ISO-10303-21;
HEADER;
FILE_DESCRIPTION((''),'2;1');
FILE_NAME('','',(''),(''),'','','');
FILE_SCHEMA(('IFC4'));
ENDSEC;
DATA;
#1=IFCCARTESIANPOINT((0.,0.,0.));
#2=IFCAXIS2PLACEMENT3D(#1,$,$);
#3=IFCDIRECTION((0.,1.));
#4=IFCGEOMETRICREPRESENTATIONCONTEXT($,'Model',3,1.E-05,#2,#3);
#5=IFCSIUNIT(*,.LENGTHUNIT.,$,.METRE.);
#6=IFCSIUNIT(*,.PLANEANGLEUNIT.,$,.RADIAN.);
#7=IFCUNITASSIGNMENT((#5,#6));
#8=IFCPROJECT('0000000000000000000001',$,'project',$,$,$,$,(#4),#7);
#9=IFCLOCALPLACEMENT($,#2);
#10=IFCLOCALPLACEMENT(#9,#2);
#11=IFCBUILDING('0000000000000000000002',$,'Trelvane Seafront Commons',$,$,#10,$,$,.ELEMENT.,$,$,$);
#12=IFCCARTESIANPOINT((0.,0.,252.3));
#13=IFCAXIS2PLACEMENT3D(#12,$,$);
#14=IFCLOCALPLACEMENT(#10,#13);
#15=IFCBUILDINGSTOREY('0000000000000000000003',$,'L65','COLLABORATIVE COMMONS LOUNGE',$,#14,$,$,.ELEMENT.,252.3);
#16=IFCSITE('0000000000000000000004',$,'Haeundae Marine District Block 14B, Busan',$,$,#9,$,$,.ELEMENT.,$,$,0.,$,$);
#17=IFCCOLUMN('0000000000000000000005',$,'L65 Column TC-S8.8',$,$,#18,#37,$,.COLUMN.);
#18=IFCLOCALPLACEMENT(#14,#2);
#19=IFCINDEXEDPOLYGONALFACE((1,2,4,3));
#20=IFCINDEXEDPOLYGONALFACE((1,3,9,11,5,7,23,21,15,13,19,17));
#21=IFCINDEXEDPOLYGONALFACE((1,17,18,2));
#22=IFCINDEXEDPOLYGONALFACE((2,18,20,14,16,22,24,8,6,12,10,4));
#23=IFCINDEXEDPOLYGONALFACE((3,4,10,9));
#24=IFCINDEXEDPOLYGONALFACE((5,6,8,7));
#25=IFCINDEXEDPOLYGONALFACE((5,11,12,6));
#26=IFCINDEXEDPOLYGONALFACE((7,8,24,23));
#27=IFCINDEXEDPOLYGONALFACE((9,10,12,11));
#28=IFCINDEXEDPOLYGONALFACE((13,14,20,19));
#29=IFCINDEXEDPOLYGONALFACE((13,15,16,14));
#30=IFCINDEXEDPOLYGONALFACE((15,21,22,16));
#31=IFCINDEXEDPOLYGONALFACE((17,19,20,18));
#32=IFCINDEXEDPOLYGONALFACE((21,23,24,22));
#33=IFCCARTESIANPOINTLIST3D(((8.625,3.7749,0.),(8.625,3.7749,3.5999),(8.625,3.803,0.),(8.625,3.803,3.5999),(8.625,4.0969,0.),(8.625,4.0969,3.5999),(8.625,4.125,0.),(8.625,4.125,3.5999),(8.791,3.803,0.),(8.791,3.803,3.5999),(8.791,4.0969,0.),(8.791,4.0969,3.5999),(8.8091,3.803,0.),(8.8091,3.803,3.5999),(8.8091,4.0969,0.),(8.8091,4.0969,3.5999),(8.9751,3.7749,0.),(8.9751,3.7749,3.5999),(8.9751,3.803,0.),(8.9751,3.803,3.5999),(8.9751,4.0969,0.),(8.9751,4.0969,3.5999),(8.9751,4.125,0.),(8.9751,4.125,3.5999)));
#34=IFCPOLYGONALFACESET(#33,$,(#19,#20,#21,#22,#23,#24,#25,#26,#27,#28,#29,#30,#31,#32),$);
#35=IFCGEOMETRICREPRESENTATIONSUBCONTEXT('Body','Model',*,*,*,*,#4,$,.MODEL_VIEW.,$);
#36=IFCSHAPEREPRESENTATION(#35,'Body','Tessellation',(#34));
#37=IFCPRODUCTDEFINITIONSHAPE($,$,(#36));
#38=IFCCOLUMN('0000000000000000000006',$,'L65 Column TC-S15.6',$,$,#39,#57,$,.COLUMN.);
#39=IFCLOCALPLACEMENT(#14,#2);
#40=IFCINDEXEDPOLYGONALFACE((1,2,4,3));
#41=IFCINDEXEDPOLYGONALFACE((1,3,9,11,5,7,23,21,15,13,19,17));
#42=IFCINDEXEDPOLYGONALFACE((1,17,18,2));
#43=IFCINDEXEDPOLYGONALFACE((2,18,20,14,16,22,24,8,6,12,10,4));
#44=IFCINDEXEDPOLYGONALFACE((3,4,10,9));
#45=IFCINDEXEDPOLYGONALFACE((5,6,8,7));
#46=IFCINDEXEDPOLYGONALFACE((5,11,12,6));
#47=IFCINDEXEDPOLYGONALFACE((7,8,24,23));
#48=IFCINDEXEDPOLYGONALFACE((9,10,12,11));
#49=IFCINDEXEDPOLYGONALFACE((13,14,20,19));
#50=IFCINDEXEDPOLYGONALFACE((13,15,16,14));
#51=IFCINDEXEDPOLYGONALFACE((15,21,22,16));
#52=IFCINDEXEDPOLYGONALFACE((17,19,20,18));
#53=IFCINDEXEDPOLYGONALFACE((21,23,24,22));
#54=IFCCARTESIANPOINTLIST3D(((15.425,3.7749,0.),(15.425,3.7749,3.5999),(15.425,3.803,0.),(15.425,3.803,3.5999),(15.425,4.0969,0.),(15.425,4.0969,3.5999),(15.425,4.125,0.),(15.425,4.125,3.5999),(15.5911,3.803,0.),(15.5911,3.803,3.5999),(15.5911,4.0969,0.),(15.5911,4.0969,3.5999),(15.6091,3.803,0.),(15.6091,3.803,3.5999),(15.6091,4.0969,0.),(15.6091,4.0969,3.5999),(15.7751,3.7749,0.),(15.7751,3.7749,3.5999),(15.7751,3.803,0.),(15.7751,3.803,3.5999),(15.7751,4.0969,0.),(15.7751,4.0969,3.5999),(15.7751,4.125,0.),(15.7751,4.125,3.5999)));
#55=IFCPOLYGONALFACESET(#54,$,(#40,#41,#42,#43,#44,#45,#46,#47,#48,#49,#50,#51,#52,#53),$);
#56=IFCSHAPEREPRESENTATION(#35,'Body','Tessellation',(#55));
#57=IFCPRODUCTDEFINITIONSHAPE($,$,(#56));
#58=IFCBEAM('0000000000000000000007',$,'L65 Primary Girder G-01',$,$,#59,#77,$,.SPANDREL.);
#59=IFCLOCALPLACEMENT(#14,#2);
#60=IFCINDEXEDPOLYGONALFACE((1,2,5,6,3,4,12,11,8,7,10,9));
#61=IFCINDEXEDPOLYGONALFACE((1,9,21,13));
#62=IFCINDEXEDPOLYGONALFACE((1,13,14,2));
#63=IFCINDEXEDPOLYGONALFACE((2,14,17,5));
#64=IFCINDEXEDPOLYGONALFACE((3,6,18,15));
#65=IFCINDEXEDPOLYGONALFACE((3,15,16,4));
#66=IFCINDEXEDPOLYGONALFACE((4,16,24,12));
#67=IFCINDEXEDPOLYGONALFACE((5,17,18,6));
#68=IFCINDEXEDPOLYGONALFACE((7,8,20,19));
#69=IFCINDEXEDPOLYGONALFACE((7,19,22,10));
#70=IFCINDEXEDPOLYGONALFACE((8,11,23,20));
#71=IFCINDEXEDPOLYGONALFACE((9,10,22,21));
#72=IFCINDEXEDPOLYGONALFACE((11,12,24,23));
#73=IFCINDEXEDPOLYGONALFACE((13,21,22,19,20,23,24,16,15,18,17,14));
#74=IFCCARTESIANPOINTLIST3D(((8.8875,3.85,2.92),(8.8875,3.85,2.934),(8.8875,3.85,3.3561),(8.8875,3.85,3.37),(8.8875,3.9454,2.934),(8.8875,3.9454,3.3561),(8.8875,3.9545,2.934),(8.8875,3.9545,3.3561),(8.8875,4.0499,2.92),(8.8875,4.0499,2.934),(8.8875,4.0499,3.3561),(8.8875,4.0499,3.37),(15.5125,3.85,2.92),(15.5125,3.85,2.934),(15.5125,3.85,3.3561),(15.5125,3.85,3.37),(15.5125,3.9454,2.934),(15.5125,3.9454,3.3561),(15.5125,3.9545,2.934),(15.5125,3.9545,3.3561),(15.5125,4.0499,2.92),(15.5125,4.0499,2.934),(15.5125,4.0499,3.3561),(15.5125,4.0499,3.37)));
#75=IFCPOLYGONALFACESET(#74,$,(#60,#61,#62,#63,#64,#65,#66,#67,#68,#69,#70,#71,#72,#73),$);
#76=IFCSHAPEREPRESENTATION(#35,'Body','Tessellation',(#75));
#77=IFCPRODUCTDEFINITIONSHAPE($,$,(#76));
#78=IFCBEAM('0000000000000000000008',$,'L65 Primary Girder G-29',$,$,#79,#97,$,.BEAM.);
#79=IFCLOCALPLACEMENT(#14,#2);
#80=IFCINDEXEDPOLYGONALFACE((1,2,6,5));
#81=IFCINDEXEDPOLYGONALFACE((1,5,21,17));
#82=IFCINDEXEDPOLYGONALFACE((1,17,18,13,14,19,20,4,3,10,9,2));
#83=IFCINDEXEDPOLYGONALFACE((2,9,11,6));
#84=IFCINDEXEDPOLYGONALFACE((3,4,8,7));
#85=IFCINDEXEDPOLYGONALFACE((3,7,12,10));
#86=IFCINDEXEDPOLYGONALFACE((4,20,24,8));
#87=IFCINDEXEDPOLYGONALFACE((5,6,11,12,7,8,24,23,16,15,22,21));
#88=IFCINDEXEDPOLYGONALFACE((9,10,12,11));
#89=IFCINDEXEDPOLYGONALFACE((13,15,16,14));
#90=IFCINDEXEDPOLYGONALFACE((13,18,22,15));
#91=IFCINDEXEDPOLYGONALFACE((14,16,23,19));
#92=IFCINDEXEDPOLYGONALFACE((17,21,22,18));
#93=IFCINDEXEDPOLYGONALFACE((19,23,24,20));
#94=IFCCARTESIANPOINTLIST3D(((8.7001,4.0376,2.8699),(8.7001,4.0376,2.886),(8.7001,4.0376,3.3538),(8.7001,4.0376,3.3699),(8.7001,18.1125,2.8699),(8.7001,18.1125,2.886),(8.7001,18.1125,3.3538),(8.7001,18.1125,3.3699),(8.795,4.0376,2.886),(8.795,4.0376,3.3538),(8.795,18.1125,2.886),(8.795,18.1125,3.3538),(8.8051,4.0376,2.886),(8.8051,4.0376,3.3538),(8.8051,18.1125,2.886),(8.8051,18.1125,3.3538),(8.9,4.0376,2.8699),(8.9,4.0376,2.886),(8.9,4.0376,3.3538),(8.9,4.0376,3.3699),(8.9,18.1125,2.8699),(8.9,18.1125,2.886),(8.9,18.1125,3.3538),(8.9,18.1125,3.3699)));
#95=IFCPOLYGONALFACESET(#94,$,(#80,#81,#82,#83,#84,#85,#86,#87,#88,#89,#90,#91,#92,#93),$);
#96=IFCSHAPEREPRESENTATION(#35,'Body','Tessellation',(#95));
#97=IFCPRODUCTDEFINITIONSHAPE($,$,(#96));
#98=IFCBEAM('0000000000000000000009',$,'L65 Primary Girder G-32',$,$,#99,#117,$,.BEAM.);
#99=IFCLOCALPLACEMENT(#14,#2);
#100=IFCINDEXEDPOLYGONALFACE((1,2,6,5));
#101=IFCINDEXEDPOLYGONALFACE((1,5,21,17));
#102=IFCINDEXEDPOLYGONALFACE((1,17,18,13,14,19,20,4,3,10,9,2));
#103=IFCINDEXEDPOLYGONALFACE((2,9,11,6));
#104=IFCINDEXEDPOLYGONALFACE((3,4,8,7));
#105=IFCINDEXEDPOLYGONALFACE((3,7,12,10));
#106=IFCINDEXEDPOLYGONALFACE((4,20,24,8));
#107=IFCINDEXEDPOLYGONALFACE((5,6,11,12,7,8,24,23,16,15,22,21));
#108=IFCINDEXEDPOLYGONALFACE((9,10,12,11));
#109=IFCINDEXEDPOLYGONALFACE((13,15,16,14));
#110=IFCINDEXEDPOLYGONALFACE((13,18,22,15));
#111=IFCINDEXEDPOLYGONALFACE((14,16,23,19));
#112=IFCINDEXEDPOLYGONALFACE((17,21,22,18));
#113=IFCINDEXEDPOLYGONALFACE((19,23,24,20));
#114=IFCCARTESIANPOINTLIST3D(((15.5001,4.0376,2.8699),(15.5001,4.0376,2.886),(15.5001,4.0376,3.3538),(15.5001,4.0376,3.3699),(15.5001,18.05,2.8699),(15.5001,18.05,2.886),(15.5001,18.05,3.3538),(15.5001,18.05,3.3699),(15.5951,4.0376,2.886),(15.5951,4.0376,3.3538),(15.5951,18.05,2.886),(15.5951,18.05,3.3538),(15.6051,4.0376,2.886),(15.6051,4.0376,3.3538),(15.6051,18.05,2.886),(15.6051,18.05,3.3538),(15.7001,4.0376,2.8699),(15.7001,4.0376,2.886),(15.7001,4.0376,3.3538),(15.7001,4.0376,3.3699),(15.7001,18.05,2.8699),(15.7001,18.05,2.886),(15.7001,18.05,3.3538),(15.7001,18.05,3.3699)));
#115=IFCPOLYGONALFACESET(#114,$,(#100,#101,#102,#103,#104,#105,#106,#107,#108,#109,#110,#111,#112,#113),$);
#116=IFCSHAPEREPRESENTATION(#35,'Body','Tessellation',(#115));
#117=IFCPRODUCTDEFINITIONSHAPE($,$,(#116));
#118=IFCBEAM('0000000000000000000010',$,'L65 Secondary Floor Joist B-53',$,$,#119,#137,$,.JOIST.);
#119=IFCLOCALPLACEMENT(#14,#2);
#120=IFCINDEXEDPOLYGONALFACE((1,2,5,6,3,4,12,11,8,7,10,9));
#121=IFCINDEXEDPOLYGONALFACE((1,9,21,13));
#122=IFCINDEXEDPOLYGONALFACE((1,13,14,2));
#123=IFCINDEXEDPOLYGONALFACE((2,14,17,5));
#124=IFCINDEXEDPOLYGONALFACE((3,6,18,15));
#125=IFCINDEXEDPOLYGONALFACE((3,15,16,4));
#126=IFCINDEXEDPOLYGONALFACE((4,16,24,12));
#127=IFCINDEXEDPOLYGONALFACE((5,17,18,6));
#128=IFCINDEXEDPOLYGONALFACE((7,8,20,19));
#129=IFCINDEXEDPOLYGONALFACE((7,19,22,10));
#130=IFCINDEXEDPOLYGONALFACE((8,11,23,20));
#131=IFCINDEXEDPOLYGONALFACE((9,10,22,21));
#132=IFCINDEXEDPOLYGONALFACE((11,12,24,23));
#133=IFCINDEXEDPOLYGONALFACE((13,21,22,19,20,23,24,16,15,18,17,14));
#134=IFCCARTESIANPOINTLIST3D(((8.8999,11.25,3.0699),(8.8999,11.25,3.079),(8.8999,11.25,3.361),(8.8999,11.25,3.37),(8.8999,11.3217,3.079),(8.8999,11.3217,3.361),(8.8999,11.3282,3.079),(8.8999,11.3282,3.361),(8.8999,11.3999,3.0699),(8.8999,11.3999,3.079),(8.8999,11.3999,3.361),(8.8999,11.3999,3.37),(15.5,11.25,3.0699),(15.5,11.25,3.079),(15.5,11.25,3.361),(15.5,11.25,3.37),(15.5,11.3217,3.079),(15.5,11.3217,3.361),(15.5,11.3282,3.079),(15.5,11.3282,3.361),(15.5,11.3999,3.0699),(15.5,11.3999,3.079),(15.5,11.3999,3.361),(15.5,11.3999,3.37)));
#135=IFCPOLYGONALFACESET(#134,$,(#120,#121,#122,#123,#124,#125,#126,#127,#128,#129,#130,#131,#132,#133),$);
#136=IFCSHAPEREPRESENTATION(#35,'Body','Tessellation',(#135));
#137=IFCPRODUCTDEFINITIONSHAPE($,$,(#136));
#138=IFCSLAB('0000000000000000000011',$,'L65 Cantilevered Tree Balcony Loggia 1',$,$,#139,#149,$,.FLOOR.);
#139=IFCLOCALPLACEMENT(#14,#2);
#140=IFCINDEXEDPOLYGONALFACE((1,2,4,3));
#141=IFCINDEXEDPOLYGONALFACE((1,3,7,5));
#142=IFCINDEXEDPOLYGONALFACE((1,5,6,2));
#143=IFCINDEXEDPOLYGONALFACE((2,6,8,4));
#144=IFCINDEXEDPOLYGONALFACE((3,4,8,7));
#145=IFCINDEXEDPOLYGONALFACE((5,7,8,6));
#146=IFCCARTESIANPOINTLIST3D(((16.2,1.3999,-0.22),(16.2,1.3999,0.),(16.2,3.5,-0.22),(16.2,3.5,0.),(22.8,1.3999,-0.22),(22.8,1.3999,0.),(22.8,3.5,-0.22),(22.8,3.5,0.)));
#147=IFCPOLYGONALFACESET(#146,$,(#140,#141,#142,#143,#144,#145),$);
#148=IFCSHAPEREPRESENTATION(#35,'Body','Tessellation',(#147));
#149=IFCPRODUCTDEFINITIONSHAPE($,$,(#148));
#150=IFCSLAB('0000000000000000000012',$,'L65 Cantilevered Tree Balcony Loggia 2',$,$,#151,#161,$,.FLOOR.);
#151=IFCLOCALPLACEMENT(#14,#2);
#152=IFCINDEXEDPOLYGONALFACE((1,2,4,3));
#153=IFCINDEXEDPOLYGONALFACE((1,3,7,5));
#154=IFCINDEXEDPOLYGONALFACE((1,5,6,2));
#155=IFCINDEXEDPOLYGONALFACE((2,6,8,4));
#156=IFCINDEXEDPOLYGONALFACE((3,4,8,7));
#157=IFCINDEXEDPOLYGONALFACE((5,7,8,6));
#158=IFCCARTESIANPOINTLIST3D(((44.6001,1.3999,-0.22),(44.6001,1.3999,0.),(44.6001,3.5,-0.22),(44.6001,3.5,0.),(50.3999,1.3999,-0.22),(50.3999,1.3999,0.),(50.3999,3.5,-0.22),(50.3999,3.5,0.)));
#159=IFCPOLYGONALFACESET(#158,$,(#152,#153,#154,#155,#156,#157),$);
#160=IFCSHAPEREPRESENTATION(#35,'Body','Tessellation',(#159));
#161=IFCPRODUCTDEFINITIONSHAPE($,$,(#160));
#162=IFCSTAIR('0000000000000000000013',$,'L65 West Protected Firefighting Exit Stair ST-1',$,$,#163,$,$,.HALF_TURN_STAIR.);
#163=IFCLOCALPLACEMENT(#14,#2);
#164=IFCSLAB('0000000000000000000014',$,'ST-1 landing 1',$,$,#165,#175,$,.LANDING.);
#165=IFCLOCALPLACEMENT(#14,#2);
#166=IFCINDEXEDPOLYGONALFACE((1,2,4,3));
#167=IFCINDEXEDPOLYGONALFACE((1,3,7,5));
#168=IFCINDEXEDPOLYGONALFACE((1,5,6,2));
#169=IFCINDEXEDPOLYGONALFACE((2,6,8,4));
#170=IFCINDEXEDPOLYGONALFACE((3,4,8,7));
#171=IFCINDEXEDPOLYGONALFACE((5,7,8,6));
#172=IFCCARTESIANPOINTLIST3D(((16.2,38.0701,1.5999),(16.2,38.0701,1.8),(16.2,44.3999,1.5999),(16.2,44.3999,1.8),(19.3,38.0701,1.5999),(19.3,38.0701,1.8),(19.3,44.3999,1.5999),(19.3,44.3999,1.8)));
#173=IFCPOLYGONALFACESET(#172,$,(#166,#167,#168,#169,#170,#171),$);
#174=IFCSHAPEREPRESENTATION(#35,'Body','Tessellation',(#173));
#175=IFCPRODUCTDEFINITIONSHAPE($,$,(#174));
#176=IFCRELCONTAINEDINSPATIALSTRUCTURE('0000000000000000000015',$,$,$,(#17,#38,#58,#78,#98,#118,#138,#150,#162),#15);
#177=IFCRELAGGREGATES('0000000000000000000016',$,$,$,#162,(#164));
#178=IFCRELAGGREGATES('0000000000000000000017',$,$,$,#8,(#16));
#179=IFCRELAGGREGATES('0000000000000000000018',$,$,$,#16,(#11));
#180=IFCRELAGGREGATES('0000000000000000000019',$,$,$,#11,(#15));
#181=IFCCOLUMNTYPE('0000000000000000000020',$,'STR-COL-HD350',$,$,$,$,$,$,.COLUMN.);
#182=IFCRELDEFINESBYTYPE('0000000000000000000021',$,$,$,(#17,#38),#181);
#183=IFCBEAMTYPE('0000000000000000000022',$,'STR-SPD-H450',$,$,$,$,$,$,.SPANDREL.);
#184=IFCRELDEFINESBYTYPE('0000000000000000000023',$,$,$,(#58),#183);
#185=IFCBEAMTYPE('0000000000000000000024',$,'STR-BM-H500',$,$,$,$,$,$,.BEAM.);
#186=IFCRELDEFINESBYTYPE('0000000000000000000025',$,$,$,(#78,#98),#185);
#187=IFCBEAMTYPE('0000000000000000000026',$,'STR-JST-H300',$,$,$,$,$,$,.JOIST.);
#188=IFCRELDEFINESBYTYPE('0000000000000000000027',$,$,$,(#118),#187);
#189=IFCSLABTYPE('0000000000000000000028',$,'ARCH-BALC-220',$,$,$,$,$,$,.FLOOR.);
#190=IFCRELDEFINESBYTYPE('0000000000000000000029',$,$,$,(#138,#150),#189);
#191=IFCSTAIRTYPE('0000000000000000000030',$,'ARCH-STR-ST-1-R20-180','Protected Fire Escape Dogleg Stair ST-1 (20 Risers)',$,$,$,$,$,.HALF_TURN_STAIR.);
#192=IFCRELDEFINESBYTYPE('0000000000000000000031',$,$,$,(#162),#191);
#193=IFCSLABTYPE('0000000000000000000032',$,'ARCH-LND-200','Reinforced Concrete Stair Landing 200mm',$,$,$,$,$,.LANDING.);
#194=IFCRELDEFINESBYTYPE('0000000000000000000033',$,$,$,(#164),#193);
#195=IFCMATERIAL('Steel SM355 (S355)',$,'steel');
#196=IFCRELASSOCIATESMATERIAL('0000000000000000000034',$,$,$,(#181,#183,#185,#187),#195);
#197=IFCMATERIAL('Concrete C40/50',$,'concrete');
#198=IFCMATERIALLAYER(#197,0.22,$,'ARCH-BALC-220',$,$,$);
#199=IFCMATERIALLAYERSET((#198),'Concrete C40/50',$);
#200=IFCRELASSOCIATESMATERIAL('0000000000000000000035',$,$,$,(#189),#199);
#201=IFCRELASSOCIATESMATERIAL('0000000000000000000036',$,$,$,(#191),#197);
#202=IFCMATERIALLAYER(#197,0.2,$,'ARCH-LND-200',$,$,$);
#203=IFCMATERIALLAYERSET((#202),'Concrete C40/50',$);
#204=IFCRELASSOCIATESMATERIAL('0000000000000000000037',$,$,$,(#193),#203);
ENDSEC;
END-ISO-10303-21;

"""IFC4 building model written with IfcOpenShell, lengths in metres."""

from ifc_helpers import new_model, si_unit, direction, frame, origin, origin_2d, place, context, subcontext, project, spatial, polyline, i_section, outline, extrude, source, transform, mapped, material, layer, layer_set, material_profile, profile_set, type_object, element, aggregate, save


model = new_model("IFC4")

# Units and contexts
model_context = context("Model", 3, precision=1e-05, world=origin(), true_north=direction((0.0, 1.0)))
body_context = subcontext(model_context, "Body", "Model", "MODEL_VIEW")
ifc_project = project(units=[si_unit("LENGTHUNIT", "METRE"), si_unit("PLANEANGLEUNIT", "RADIAN")], contexts=[model_context])

# Site, building, storey
site_placement = place(None, origin())
site = spatial("IfcSite", under=ifc_project, at=site_placement, Name="Haeundae Marine District Block 14B, Busan", CompositionType="ELEMENT", RefElevation=0.0)
building_placement = place(site_placement, origin())
building = spatial("IfcBuilding", under=site, at=building_placement, Name="Trelvane Seafront Commons", CompositionType="ELEMENT")
storey_placement = place(building_placement, frame((0.0, 0.0, 252.3)))
storey = spatial("IfcBuildingStorey", under=building, at=storey_placement, Name="L65", Description="COLLABORATIVE COMMONS LOUNGE", CompositionType="ELEMENT", Elevation=252.3)

# Columns
ifc_material_1 = material(Name="Steel SM355 (S355)", Category="steel")
ifc_material_profile_1 = material_profile(ifc_material_1, i_section(OverallWidth=0.3501, OverallDepth=0.3501, WebThickness=0.0181, FlangeThickness=0.0281, at=origin_2d()), Name="HD-350x350x18x28")
ifc_profile_set_1 = profile_set([ifc_material_profile_1], Name="Steel SM355 (S355)")
column_type = type_object("IfcColumnType", Name="STR-COL-HD350", PredefinedType="COLUMN", material=ifc_profile_set_1)
shared_shape_1 = source(origin(), body_context, "Body", "SweptSolid", [
    extrude(i_section(OverallWidth=0.3501, OverallDepth=0.3501, WebThickness=0.0181, FlangeThickness=0.0281, at=origin_2d()), origin(), (0.0, 0.0, 1.0), 3.5999),
])
for number, where, z_axis, x_axis, name in (
    (1, (8.8, 3.95, 0.0), (0.0, 0.0, 1.0), (1.0, 0.0, 0.0), "L65 Column TC-S8.8"),
    (2, (15.6001, 3.95, 0.0), (0.0, 0.0, 1.0), (1.0, 0.0, 0.0), "L65 Column TC-S15.6"),
):
    element("IfcColumn", number, at=place(storey_placement, frame(where, z_axis=z_axis, x_axis=x_axis)), inside=storey, type_object=column_type, Name=name, PredefinedType="COLUMN", context=body_context, shape_type="MappedRepresentation", body=[
        mapped(shared_shape_1, transform((0.0, 0.0, 0.0), x_axis=(1.0, 0.0, 0.0), y_axis=(0.0, 1.0, 0.0), z_axis=(0.0, 0.0, 1.0), scale=1.0)),
    ])

# Beams
ifc_material_profile_2 = material_profile(ifc_material_1, i_section(OverallWidth=0.2, OverallDepth=0.45, WebThickness=0.009, FlangeThickness=0.0139, at=origin_2d()), Name="H-450x200x9x14")
ifc_profile_set_2 = profile_set([ifc_material_profile_2], Name="Steel SM355 (S355)")
beam_type_1 = type_object("IfcBeamType", Name="STR-SPD-H450", PredefinedType="SPANDREL", material=ifc_profile_set_2)
shared_shape_2 = source(origin(), body_context, "Body", "SweptSolid", [
    extrude(i_section(OverallWidth=0.2, OverallDepth=0.45, WebThickness=0.009, FlangeThickness=0.0139, at=origin_2d()), origin(), (0.0, 0.0, 1.0), 6.625),
])
beam_1_placement = place(storey_placement, frame((8.8875, 3.95, 3.145), z_axis=(1.0, 0.0, 0.0), x_axis=(0.0, 1.0, 0.0)))
element("IfcBeam", 3, at=beam_1_placement, inside=storey, type_object=beam_type_1, Name="L65 Primary Girder G-01", PredefinedType="SPANDREL", context=body_context, shape_type="MappedRepresentation", body=[
    mapped(shared_shape_2, transform((0.0, 0.0, 0.0), x_axis=(1.0, 0.0, 0.0), y_axis=(0.0, 1.0, 0.0), z_axis=(0.0, 0.0, 1.0), scale=1.0)),
])
ifc_material_profile_3 = material_profile(ifc_material_1, i_section(OverallWidth=0.2, OverallDepth=0.5, WebThickness=0.01, FlangeThickness=0.0161, at=origin_2d()), Name="H-500x200x10x16")
ifc_profile_set_3 = profile_set([ifc_material_profile_3], Name="Steel SM355 (S355)")
beam_type_2 = type_object("IfcBeamType", Name="STR-BM-H500", PredefinedType="BEAM", material=ifc_profile_set_3)
shared_shape_3 = source(origin(), body_context, "Body", "SweptSolid", [
    extrude(i_section(OverallWidth=0.2, OverallDepth=0.5, WebThickness=0.01, FlangeThickness=0.0161, at=origin_2d()), origin(), (0.0, 0.0, 1.0), 14.075),
])
beam_2_placement = place(storey_placement, frame((8.8, 4.0376, 3.1199), z_axis=(0.0, 1.0, 0.0), x_axis=(-1.0, 0.0, 0.0)))
element("IfcBeam", 4, at=beam_2_placement, inside=storey, type_object=beam_type_2, Name="L65 Primary Girder G-29", PredefinedType="BEAM", context=body_context, shape_type="MappedRepresentation", body=[
    mapped(shared_shape_3, transform((0.0, 0.0, 0.0), x_axis=(1.0, 0.0, 0.0), y_axis=(0.0, 1.0, 0.0), z_axis=(0.0, 0.0, 1.0), scale=1.0)),
])
shared_shape_4 = source(origin(), body_context, "Body", "SweptSolid", [
    extrude(i_section(OverallWidth=0.2, OverallDepth=0.5, WebThickness=0.01, FlangeThickness=0.0161, at=origin_2d()), origin(), (0.0, 0.0, 1.0), 14.0125),
])
beam_3_placement = place(storey_placement, frame((15.6001, 4.0376, 3.1199), z_axis=(0.0, 1.0, 0.0), x_axis=(-1.0, 0.0, 0.0)))
element("IfcBeam", 5, at=beam_3_placement, inside=storey, type_object=beam_type_2, Name="L65 Primary Girder G-32", PredefinedType="BEAM", context=body_context, shape_type="MappedRepresentation", body=[
    mapped(shared_shape_4, transform((0.0, 0.0, 0.0), x_axis=(1.0, 0.0, 0.0), y_axis=(0.0, 1.0, 0.0), z_axis=(0.0, 0.0, 1.0), scale=1.0)),
])
ifc_material_profile_4 = material_profile(ifc_material_1, i_section(OverallWidth=0.1499, OverallDepth=0.3, WebThickness=0.0066, FlangeThickness=0.009, at=origin_2d()), Name="H-300x150x6.5x9")
ifc_profile_set_4 = profile_set([ifc_material_profile_4], Name="Steel SM355 (S355)")
beam_type_3 = type_object("IfcBeamType", Name="STR-JST-H300", PredefinedType="JOIST", material=ifc_profile_set_4)
shared_shape_5 = source(origin(), body_context, "Body", "SweptSolid", [
    extrude(i_section(OverallWidth=0.1499, OverallDepth=0.3, WebThickness=0.0066, FlangeThickness=0.009, at=origin_2d()), origin(), (0.0, 0.0, 1.0), 6.6001),
])
beam_4_placement = place(storey_placement, frame((8.8999, 11.325, 3.22), z_axis=(1.0, 0.0, 0.0), x_axis=(0.0, 1.0, 0.0)))
element("IfcBeam", 6, at=beam_4_placement, inside=storey, type_object=beam_type_3, Name="L65 Secondary Floor Joist B-53", PredefinedType="JOIST", context=body_context, shape_type="MappedRepresentation", body=[
    mapped(shared_shape_5, transform((0.0, 0.0, 0.0), x_axis=(1.0, 0.0, 0.0), y_axis=(0.0, 1.0, 0.0), z_axis=(0.0, 0.0, 1.0), scale=1.0)),
])

# Slabs
ifc_material_2 = material(Name="Concrete C40/50", Category="concrete")
ifc_layer_1 = layer(ifc_material_2, 0.22, Name="ARCH-BALC-220")
ifc_layer_set_1 = layer_set([ifc_layer_1], Name="Concrete C40/50")
slab_type_1 = type_object("IfcSlabType", Name="ARCH-BALC-220", PredefinedType="FLOOR", material=ifc_layer_set_1)
slab_1_placement = place(storey_placement, frame((0.0, 0.0, -0.22)))
element("IfcSlab", 7, at=slab_1_placement, inside=storey, type_object=slab_type_1, Name="L65 Cantilevered Tree Balcony Loggia 1", PredefinedType="FLOOR", context=body_context, shape_type="SweptSolid", body=[
    extrude(outline(polyline([(16.2, 1.3999), (22.8, 1.3999), (22.8, 3.5), (16.2, 3.5), (16.2, 1.3999)])), origin(), (0.0, 0.0, 1.0), 0.22),
])
slab_2_placement = place(storey_placement, frame((0.0, 0.0, -0.22)))
element("IfcSlab", 8, at=slab_2_placement, inside=storey, type_object=slab_type_1, Name="L65 Cantilevered Tree Balcony Loggia 2", PredefinedType="FLOOR", context=body_context, shape_type="SweptSolid", body=[
    extrude(outline(polyline([(44.6001, 1.3999), (50.3999, 1.3999), (50.3999, 3.5), (44.6001, 3.5), (44.6001, 1.3999)])), origin(), (0.0, 0.0, 1.0), 0.22),
])

# Stair, slab
stair_type_1 = type_object("IfcStairType", Name="ARCH-STR-ST-1-R20-180", Description="Protected Fire Escape Dogleg Stair ST-1 (20 Risers)", PredefinedType="HALF_TURN_STAIR", material=ifc_material_2)
stair_1_placement = place(storey_placement, origin())
stair_1 = element("IfcStair", 9, at=stair_1_placement, inside=storey, type_object=stair_type_1, Name="L65 West Protected Firefighting Exit Stair ST-1", PredefinedType="HALF_TURN_STAIR")
ifc_layer_2 = layer(ifc_material_2, 0.2, Name="ARCH-LND-200")
ifc_layer_set_2 = layer_set([ifc_layer_2], Name="Concrete C40/50")
slab_type_2 = type_object("IfcSlabType", Name="ARCH-LND-200", Description="Reinforced Concrete Stair Landing 200mm", PredefinedType="LANDING", material=ifc_layer_set_2)
slab_3_placement = place(storey_placement, frame((0.0, 0.0, 1.5999)))
slab_3 = element("IfcSlab", 10, at=slab_3_placement, type_object=slab_type_2, Name="ST-1 landing 1", PredefinedType="LANDING", context=body_context, shape_type="SweptSolid", body=[
    extrude(outline(polyline([(19.3, 38.0701), (19.3, 44.3999), (16.2, 44.3999), (16.2, 38.0701), (19.3, 38.0701)])), origin(), (0.0, 0.0, 1.0), 0.2002),
])
aggregate(stair_1, [slab_3])

save(model, "model.ifc")
